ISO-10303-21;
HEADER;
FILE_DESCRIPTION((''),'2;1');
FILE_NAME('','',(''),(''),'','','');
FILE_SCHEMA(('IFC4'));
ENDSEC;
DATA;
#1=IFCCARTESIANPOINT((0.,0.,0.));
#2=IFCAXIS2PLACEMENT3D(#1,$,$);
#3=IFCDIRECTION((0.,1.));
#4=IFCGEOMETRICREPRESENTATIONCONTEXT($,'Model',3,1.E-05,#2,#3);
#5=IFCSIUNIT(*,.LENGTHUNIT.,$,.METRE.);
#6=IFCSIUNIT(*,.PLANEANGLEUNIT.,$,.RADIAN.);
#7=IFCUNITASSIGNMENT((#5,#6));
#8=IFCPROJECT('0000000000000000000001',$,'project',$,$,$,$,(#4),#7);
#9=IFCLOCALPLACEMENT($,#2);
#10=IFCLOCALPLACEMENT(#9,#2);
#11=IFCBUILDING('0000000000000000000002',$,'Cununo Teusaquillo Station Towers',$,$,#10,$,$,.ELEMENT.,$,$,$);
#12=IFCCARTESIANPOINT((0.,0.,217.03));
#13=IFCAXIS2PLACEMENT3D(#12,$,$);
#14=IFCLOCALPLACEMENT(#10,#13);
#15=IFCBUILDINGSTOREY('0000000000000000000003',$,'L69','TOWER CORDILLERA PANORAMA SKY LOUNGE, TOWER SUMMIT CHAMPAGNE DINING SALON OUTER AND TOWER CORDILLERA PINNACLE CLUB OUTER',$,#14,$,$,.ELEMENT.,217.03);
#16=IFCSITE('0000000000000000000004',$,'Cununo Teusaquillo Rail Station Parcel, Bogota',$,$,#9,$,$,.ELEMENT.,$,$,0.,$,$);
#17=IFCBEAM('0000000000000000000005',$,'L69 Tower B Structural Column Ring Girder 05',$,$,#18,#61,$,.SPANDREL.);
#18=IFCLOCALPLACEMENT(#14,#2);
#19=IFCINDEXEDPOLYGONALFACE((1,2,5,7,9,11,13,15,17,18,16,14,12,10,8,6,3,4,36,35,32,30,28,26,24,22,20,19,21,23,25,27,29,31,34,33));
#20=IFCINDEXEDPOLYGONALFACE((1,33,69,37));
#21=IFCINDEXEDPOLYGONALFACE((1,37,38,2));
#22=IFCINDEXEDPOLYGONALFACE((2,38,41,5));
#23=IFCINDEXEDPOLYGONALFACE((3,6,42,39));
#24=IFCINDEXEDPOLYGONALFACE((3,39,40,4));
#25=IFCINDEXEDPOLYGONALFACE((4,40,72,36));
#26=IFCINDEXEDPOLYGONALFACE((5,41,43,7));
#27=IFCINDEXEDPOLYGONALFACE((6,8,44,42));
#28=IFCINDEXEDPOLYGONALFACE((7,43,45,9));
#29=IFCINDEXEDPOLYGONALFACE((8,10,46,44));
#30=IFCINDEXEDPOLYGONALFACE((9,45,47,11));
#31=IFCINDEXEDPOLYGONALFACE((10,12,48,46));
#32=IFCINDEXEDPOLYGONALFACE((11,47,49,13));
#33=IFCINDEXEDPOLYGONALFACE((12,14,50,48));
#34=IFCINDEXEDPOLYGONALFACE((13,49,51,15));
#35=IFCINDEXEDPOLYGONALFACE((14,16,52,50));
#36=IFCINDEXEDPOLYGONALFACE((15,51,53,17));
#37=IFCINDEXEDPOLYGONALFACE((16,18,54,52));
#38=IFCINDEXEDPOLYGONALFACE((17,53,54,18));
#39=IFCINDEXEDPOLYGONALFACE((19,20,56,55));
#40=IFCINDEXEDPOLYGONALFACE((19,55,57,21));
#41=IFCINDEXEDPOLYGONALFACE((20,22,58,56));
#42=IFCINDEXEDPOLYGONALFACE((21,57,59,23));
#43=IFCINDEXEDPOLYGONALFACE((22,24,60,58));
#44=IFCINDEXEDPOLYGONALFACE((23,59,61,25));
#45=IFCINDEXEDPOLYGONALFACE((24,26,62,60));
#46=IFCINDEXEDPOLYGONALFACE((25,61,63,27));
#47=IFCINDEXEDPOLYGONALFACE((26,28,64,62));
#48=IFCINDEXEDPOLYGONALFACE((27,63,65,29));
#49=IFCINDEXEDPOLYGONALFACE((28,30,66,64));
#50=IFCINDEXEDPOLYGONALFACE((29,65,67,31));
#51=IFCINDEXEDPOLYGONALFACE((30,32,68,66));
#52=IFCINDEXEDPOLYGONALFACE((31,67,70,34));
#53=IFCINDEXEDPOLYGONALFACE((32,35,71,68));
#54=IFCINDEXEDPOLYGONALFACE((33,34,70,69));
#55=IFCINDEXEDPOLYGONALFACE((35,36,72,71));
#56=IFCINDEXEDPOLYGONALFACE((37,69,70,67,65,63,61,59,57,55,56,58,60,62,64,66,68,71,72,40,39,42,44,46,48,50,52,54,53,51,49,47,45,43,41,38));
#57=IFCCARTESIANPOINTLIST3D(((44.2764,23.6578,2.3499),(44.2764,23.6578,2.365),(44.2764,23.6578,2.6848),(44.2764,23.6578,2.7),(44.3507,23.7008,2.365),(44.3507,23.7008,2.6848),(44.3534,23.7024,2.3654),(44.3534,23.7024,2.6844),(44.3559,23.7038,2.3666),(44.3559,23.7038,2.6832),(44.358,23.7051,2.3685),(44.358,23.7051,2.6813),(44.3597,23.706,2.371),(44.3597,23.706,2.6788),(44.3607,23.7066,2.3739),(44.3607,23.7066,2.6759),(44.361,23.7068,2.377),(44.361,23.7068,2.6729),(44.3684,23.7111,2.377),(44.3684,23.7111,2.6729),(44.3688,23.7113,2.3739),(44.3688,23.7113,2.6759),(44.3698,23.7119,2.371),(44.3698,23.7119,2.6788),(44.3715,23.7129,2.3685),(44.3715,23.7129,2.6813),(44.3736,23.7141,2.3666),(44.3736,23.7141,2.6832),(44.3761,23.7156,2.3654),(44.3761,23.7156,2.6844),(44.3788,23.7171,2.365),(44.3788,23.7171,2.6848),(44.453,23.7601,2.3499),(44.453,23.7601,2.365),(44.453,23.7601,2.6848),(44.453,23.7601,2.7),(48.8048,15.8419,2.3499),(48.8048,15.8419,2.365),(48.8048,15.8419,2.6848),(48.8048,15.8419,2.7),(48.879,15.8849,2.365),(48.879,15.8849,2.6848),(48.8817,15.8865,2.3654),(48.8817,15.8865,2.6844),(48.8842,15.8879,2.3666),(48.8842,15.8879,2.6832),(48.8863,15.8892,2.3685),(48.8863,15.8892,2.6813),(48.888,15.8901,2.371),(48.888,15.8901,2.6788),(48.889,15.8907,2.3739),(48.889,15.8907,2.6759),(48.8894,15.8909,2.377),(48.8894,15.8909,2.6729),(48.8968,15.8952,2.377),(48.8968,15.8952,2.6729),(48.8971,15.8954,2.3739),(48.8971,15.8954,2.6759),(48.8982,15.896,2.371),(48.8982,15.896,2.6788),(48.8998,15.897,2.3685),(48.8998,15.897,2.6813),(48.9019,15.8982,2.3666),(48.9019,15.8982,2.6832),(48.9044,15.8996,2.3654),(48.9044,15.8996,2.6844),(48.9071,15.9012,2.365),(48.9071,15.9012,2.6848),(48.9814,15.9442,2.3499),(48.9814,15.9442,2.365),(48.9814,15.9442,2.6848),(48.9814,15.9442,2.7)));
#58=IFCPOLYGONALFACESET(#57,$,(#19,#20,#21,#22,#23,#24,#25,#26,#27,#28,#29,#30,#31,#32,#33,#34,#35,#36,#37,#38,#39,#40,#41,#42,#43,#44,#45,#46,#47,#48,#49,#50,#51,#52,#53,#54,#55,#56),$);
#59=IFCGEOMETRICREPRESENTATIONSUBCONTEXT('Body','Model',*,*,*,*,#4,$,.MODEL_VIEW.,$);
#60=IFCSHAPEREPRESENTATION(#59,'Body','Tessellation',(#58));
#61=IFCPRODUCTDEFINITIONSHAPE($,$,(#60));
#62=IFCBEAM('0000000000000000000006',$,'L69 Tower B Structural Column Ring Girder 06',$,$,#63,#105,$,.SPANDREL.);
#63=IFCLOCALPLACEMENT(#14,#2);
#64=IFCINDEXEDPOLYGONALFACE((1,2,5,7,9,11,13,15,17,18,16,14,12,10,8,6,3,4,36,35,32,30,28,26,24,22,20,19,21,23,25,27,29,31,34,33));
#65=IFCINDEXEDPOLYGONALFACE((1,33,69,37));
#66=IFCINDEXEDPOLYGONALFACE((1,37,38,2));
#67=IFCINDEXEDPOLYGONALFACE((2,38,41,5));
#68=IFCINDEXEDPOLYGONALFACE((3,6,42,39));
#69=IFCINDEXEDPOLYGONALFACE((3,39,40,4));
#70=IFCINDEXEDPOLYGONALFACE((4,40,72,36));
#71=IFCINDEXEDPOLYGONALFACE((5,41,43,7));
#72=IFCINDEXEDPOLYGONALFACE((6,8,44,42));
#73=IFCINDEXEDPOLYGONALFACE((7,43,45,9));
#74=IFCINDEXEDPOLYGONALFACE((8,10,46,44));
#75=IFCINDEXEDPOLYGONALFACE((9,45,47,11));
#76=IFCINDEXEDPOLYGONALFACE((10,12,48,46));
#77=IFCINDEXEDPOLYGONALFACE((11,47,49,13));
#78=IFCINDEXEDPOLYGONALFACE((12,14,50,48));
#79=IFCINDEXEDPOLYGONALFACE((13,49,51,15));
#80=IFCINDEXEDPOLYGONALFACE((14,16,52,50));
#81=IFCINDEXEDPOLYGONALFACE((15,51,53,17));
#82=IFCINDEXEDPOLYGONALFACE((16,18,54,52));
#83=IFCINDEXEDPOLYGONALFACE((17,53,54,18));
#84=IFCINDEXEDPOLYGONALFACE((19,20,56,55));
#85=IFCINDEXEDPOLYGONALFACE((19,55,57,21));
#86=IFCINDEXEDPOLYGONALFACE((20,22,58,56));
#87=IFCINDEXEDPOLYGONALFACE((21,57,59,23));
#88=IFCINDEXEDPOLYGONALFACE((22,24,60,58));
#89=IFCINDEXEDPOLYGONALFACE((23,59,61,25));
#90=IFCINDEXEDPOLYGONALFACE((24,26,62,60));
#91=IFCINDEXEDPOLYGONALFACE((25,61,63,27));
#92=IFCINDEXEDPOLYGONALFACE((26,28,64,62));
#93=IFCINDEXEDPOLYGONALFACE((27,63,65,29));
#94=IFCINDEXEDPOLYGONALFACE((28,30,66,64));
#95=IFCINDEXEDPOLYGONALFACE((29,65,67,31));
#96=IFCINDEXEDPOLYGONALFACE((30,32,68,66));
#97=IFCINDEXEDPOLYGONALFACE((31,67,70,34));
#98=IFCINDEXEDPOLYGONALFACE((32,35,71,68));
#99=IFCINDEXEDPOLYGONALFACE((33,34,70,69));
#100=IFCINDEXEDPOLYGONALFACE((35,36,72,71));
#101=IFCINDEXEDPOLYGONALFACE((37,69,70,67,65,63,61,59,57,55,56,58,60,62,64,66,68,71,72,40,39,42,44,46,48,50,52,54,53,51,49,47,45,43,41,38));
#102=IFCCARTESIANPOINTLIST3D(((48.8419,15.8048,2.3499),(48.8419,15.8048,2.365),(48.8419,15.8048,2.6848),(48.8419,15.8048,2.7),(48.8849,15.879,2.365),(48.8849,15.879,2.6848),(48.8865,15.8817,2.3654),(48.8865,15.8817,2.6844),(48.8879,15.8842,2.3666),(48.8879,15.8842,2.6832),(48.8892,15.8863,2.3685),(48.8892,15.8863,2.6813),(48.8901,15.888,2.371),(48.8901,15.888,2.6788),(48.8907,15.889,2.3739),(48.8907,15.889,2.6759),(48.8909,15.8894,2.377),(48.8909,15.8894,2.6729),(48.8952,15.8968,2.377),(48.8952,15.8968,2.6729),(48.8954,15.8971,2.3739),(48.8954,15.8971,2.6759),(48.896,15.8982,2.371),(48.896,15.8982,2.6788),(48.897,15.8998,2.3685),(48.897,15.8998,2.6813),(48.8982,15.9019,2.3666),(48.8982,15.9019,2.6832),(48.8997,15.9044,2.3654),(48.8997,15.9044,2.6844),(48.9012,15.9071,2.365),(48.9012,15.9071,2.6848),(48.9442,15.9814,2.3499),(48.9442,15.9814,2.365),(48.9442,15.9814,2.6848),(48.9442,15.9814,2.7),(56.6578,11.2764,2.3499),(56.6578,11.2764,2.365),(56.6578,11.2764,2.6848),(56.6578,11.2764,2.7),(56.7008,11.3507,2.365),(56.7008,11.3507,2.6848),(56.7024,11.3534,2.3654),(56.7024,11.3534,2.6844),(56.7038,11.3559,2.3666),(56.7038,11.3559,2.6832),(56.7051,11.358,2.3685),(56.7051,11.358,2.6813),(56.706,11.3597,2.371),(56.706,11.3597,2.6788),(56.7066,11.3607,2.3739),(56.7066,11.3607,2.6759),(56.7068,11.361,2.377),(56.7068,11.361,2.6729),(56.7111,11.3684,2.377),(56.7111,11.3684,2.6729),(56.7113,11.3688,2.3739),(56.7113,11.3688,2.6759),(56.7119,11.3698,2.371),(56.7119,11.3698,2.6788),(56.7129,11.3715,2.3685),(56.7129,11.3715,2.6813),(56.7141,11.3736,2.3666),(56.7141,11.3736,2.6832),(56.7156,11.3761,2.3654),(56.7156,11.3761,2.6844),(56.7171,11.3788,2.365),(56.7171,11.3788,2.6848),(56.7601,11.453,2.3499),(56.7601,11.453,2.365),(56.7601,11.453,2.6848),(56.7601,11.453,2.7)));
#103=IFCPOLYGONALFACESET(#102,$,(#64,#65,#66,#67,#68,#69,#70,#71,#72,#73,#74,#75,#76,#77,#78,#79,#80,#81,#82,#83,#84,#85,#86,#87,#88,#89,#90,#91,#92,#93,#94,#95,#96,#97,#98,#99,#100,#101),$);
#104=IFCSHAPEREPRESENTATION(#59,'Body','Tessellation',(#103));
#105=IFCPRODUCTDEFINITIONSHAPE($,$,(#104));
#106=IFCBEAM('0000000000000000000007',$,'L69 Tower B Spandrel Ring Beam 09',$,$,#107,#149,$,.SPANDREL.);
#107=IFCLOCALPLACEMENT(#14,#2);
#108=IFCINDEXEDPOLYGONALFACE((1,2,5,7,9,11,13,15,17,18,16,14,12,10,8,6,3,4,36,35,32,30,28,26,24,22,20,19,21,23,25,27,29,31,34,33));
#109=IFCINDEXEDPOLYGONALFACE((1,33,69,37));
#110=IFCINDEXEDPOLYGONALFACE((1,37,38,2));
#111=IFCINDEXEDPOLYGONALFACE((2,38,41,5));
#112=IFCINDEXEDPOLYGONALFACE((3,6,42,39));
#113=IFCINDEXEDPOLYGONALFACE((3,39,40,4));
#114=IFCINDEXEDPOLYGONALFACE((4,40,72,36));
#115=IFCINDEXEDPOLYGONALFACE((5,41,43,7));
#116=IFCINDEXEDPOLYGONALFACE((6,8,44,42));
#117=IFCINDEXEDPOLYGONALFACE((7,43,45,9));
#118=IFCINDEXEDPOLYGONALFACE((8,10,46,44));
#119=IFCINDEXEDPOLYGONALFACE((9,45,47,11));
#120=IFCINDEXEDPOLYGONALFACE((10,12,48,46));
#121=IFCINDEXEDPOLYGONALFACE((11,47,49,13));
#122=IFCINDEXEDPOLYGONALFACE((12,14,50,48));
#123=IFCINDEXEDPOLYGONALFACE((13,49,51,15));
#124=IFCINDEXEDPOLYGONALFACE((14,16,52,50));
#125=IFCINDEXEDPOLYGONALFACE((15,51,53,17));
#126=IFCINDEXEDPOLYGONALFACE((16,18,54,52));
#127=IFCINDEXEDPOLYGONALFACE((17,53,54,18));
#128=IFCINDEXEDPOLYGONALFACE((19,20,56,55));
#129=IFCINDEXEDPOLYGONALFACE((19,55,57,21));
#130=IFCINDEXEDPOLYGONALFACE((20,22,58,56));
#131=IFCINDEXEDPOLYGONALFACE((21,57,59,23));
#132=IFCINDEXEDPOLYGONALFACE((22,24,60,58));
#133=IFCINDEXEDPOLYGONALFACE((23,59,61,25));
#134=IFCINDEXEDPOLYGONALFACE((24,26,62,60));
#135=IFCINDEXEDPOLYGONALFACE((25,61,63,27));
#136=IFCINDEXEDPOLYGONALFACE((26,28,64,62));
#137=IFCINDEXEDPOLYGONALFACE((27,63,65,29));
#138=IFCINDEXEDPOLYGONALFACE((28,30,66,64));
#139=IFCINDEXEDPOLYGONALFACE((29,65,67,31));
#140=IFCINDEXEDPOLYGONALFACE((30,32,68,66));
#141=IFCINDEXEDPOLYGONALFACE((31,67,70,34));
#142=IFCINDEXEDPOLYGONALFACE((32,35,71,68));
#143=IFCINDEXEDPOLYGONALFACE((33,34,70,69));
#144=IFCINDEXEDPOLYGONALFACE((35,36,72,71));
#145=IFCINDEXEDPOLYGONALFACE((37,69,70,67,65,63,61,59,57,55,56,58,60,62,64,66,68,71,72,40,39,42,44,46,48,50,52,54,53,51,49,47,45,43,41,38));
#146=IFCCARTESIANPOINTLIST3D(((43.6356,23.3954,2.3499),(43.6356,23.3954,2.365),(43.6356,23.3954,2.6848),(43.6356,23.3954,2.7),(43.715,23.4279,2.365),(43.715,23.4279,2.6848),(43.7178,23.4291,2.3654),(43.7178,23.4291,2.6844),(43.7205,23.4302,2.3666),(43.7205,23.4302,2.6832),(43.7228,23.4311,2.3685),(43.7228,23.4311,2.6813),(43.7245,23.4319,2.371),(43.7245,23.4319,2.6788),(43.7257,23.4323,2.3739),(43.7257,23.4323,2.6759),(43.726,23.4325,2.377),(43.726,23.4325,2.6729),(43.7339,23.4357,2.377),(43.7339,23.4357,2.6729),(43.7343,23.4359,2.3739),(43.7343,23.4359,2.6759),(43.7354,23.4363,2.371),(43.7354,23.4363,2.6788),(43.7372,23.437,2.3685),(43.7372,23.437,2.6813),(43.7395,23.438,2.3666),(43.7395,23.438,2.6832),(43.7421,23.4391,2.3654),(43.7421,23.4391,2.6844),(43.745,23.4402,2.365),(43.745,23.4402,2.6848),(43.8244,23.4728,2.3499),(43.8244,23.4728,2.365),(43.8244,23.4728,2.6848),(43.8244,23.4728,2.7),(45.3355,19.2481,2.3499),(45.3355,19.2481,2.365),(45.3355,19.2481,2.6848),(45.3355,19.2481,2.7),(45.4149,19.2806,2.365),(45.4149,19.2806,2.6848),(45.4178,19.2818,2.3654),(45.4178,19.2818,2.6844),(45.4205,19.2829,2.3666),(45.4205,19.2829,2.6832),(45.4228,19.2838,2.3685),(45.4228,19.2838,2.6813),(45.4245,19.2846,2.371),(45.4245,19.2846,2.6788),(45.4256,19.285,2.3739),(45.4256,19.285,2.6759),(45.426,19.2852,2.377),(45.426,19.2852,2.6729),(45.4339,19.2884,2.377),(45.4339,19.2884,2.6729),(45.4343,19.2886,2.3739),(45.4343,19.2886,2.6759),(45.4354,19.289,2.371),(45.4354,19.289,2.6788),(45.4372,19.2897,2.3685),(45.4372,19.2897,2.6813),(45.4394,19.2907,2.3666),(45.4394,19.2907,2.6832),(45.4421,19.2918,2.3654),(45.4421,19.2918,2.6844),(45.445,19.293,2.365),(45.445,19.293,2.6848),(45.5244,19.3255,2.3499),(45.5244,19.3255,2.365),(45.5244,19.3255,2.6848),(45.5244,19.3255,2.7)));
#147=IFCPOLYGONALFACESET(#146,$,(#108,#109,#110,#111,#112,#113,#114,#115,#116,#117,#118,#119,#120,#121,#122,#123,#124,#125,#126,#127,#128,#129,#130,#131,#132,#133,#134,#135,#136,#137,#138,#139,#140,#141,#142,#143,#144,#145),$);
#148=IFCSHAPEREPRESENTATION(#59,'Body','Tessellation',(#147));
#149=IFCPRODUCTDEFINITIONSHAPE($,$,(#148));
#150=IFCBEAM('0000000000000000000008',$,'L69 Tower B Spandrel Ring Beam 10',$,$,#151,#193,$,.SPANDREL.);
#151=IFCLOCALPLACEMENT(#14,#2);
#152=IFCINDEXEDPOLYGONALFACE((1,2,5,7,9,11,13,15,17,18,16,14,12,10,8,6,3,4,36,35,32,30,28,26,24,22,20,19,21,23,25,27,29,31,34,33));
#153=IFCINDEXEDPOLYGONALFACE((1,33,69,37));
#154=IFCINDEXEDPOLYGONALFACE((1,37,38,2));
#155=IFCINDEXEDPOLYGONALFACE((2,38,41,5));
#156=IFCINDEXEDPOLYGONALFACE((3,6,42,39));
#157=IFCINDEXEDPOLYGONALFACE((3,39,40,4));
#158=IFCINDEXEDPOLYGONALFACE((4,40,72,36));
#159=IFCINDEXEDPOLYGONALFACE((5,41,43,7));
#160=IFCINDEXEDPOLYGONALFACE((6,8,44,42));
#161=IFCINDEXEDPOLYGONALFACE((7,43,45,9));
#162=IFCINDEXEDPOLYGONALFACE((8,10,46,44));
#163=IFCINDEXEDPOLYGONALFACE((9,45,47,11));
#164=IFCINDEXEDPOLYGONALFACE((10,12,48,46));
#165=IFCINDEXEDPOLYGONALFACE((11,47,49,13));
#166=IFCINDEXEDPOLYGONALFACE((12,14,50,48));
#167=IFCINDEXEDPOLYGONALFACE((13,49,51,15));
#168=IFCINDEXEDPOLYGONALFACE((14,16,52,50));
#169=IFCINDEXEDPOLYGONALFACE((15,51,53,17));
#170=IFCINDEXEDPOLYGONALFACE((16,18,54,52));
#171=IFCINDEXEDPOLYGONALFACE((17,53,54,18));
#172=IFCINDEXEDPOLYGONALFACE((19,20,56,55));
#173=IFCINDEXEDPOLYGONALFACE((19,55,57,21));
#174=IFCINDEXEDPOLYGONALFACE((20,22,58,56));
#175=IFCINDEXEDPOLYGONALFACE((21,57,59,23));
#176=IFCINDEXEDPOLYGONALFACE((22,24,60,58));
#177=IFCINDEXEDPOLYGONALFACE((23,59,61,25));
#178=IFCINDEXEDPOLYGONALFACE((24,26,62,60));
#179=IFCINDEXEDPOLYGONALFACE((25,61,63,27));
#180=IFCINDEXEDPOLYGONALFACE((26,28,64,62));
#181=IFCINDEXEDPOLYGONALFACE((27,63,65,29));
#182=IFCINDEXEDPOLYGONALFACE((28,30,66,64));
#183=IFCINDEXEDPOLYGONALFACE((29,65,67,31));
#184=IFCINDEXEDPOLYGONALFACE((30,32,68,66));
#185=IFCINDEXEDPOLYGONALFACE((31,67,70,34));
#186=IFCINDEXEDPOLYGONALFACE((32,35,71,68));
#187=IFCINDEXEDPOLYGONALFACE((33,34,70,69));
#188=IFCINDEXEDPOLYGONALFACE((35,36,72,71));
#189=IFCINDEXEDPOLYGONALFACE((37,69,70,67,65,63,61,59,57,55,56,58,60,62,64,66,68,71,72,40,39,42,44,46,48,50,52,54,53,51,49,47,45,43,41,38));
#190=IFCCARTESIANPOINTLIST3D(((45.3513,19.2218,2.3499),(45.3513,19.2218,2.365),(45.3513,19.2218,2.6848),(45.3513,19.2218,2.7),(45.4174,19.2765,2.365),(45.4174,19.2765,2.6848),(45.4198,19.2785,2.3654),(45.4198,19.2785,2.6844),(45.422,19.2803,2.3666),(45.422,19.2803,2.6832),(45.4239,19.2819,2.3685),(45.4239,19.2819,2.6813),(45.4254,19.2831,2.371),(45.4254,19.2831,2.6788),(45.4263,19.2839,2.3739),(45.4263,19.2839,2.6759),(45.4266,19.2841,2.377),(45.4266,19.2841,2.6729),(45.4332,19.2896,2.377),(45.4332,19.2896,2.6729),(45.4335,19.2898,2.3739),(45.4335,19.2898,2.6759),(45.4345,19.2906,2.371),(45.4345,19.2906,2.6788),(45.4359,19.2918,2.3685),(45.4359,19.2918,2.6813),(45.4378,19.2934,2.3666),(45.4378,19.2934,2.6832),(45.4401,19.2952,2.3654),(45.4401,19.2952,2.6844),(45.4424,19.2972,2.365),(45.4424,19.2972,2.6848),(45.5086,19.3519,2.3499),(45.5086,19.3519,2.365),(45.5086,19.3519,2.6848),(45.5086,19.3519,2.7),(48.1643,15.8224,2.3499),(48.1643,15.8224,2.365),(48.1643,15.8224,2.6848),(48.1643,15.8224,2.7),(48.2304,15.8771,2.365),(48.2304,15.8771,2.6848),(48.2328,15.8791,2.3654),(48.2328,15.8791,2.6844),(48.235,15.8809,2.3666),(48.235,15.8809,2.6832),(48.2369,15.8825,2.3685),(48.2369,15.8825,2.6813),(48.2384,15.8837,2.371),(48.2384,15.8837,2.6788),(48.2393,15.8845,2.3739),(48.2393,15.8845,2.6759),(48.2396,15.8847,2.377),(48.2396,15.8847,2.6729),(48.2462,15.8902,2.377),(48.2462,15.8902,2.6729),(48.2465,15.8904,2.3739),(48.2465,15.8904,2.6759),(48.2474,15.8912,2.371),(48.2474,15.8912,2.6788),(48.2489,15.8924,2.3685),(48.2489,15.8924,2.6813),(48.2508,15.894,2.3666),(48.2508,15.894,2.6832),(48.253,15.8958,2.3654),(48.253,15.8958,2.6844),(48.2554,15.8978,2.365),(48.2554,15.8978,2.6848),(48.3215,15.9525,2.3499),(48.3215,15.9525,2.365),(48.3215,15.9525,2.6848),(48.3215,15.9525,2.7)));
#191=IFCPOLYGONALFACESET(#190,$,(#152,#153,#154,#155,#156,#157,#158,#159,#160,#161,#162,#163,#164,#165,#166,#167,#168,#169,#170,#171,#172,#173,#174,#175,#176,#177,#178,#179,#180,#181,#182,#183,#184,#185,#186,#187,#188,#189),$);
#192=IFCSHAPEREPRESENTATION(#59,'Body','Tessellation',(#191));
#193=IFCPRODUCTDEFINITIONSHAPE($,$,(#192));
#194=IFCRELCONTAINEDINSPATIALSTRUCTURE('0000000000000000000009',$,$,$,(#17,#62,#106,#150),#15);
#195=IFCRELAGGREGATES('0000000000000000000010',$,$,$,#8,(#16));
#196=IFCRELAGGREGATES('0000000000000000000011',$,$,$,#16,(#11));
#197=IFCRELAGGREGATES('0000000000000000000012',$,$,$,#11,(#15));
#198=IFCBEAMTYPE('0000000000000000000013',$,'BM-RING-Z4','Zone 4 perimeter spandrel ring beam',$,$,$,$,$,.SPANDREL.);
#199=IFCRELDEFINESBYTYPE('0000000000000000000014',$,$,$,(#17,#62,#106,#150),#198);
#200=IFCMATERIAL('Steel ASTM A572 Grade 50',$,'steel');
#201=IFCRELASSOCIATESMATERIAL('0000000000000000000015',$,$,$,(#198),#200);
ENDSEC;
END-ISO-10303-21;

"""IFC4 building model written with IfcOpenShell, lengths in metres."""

from ifc_helpers import new_model, si_unit, direction, frame, origin, origin_2d, place, context, subcontext, project, spatial, i_section, extrude, material, material_profile, profile_set, type_object, element, save


model = new_model("IFC4")

# Units and contexts
model_context = context("Model", 3, precision=1e-05, world=origin(), true_north=direction((0.0, 1.0)))
body_context = subcontext(model_context, "Body", "Model", "MODEL_VIEW")
ifc_project = project(units=[si_unit("LENGTHUNIT", "METRE"), si_unit("PLANEANGLEUNIT", "RADIAN")], contexts=[model_context])

# Site, building, storey
site_placement = place(None, origin())
site = spatial("IfcSite", under=ifc_project, at=site_placement, Name="Cununo Teusaquillo Rail Station Parcel, Bogota", CompositionType="ELEMENT", RefElevation=0.0)
building_placement = place(site_placement, origin())
building = spatial("IfcBuilding", under=site, at=building_placement, Name="Cununo Teusaquillo Station Towers", CompositionType="ELEMENT")
storey_placement = place(building_placement, frame((0.0, 0.0, 217.03)))
storey = spatial("IfcBuildingStorey", under=building, at=storey_placement, Name="L69", Description="TOWER CORDILLERA PANORAMA SKY LOUNGE, TOWER SUMMIT CHAMPAGNE DINING SALON OUTER AND TOWER CORDILLERA PINNACLE CLUB OUTER", CompositionType="ELEMENT", Elevation=217.03)

# Beams
ifc_material_1 = material(Name="Steel ASTM A572 Grade 50", Category="steel")
ifc_material_profile_1 = material_profile(ifc_material_1, i_section(OverallWidth=0.2041, OverallDepth=0.3501, WebThickness=0.0085, FlangeThickness=0.0151, FilletRadius=0.012, at=origin_2d()), Name="W14X48")
ifc_profile_set_1 = profile_set([ifc_material_profile_1], Name="Steel ASTM A572 Grade 50")
beam_type_1 = type_object("IfcBeamType", Name="BM-RING-Z4", Description="Zone 4 perimeter spandrel ring beam", PredefinedType="SPANDREL", material=ifc_profile_set_1)
for number, where, z_axis, x_axis, name in (
    (1, (44.3647, 23.709, 2.5249), (0.501311, -0.865267, 0.0), (0.865267, 0.501311, 0.0), "L69 Tower B Structural Column Ring Girder 05"),
    (2, (48.8931, 15.8931, 2.5249), (0.865267, -0.501311, 0.0), (0.501311, 0.865267, 0.0), "L69 Tower B Structural Column Ring Girder 06"),
):
    element("IfcBeam", number, at=place(storey_placement, frame(where, z_axis=z_axis, x_axis=x_axis)), inside=storey, type_object=beam_type_1, Name=name, PredefinedType="SPANDREL", context=body_context, shape_type="SweptSolid", body=[
        extrude(i_section(OverallWidth=0.2041, OverallDepth=0.3501, WebThickness=0.0085, FlangeThickness=0.0151, FilletRadius=0.012, at=origin_2d()), origin(), (0.0, 0.0, 1.0), 9.033),
    ])
beam_1_placement = place(storey_placement, frame((43.73, 23.4341, 2.5249), z_axis=(0.379275, -0.925284, 0.0), x_axis=(0.925284, 0.379275, 0.0)))
element("IfcBeam", 3, at=beam_1_placement, inside=storey, type_object=beam_type_1, Name="L69 Tower B Spandrel Ring Beam 09", PredefinedType="SPANDREL", context=body_context, shape_type="SweptSolid", body=[
    extrude(i_section(OverallWidth=0.2041, OverallDepth=0.3501, WebThickness=0.0085, FlangeThickness=0.0151, FilletRadius=0.012, at=origin_2d()), origin(), (0.0, 0.0, 1.0), 4.4822),
])
beam_2_placement = place(storey_placement, frame((45.4299, 19.2869, 2.5249), z_axis=(0.637525, -0.77043, 0.0), x_axis=(0.77043, 0.637525, 0.0)))
element("IfcBeam", 4, at=beam_2_placement, inside=storey, type_object=beam_type_1, Name="L69 Tower B Spandrel Ring Beam 10", PredefinedType="SPANDREL", context=body_context, shape_type="SweptSolid", body=[
    extrude(i_section(OverallWidth=0.2041, OverallDepth=0.3501, WebThickness=0.0085, FlangeThickness=0.0151, FilletRadius=0.012, at=origin_2d()), origin(), (0.0, 0.0, 1.0), 4.4124),
])

save(model, "model.ifc")
